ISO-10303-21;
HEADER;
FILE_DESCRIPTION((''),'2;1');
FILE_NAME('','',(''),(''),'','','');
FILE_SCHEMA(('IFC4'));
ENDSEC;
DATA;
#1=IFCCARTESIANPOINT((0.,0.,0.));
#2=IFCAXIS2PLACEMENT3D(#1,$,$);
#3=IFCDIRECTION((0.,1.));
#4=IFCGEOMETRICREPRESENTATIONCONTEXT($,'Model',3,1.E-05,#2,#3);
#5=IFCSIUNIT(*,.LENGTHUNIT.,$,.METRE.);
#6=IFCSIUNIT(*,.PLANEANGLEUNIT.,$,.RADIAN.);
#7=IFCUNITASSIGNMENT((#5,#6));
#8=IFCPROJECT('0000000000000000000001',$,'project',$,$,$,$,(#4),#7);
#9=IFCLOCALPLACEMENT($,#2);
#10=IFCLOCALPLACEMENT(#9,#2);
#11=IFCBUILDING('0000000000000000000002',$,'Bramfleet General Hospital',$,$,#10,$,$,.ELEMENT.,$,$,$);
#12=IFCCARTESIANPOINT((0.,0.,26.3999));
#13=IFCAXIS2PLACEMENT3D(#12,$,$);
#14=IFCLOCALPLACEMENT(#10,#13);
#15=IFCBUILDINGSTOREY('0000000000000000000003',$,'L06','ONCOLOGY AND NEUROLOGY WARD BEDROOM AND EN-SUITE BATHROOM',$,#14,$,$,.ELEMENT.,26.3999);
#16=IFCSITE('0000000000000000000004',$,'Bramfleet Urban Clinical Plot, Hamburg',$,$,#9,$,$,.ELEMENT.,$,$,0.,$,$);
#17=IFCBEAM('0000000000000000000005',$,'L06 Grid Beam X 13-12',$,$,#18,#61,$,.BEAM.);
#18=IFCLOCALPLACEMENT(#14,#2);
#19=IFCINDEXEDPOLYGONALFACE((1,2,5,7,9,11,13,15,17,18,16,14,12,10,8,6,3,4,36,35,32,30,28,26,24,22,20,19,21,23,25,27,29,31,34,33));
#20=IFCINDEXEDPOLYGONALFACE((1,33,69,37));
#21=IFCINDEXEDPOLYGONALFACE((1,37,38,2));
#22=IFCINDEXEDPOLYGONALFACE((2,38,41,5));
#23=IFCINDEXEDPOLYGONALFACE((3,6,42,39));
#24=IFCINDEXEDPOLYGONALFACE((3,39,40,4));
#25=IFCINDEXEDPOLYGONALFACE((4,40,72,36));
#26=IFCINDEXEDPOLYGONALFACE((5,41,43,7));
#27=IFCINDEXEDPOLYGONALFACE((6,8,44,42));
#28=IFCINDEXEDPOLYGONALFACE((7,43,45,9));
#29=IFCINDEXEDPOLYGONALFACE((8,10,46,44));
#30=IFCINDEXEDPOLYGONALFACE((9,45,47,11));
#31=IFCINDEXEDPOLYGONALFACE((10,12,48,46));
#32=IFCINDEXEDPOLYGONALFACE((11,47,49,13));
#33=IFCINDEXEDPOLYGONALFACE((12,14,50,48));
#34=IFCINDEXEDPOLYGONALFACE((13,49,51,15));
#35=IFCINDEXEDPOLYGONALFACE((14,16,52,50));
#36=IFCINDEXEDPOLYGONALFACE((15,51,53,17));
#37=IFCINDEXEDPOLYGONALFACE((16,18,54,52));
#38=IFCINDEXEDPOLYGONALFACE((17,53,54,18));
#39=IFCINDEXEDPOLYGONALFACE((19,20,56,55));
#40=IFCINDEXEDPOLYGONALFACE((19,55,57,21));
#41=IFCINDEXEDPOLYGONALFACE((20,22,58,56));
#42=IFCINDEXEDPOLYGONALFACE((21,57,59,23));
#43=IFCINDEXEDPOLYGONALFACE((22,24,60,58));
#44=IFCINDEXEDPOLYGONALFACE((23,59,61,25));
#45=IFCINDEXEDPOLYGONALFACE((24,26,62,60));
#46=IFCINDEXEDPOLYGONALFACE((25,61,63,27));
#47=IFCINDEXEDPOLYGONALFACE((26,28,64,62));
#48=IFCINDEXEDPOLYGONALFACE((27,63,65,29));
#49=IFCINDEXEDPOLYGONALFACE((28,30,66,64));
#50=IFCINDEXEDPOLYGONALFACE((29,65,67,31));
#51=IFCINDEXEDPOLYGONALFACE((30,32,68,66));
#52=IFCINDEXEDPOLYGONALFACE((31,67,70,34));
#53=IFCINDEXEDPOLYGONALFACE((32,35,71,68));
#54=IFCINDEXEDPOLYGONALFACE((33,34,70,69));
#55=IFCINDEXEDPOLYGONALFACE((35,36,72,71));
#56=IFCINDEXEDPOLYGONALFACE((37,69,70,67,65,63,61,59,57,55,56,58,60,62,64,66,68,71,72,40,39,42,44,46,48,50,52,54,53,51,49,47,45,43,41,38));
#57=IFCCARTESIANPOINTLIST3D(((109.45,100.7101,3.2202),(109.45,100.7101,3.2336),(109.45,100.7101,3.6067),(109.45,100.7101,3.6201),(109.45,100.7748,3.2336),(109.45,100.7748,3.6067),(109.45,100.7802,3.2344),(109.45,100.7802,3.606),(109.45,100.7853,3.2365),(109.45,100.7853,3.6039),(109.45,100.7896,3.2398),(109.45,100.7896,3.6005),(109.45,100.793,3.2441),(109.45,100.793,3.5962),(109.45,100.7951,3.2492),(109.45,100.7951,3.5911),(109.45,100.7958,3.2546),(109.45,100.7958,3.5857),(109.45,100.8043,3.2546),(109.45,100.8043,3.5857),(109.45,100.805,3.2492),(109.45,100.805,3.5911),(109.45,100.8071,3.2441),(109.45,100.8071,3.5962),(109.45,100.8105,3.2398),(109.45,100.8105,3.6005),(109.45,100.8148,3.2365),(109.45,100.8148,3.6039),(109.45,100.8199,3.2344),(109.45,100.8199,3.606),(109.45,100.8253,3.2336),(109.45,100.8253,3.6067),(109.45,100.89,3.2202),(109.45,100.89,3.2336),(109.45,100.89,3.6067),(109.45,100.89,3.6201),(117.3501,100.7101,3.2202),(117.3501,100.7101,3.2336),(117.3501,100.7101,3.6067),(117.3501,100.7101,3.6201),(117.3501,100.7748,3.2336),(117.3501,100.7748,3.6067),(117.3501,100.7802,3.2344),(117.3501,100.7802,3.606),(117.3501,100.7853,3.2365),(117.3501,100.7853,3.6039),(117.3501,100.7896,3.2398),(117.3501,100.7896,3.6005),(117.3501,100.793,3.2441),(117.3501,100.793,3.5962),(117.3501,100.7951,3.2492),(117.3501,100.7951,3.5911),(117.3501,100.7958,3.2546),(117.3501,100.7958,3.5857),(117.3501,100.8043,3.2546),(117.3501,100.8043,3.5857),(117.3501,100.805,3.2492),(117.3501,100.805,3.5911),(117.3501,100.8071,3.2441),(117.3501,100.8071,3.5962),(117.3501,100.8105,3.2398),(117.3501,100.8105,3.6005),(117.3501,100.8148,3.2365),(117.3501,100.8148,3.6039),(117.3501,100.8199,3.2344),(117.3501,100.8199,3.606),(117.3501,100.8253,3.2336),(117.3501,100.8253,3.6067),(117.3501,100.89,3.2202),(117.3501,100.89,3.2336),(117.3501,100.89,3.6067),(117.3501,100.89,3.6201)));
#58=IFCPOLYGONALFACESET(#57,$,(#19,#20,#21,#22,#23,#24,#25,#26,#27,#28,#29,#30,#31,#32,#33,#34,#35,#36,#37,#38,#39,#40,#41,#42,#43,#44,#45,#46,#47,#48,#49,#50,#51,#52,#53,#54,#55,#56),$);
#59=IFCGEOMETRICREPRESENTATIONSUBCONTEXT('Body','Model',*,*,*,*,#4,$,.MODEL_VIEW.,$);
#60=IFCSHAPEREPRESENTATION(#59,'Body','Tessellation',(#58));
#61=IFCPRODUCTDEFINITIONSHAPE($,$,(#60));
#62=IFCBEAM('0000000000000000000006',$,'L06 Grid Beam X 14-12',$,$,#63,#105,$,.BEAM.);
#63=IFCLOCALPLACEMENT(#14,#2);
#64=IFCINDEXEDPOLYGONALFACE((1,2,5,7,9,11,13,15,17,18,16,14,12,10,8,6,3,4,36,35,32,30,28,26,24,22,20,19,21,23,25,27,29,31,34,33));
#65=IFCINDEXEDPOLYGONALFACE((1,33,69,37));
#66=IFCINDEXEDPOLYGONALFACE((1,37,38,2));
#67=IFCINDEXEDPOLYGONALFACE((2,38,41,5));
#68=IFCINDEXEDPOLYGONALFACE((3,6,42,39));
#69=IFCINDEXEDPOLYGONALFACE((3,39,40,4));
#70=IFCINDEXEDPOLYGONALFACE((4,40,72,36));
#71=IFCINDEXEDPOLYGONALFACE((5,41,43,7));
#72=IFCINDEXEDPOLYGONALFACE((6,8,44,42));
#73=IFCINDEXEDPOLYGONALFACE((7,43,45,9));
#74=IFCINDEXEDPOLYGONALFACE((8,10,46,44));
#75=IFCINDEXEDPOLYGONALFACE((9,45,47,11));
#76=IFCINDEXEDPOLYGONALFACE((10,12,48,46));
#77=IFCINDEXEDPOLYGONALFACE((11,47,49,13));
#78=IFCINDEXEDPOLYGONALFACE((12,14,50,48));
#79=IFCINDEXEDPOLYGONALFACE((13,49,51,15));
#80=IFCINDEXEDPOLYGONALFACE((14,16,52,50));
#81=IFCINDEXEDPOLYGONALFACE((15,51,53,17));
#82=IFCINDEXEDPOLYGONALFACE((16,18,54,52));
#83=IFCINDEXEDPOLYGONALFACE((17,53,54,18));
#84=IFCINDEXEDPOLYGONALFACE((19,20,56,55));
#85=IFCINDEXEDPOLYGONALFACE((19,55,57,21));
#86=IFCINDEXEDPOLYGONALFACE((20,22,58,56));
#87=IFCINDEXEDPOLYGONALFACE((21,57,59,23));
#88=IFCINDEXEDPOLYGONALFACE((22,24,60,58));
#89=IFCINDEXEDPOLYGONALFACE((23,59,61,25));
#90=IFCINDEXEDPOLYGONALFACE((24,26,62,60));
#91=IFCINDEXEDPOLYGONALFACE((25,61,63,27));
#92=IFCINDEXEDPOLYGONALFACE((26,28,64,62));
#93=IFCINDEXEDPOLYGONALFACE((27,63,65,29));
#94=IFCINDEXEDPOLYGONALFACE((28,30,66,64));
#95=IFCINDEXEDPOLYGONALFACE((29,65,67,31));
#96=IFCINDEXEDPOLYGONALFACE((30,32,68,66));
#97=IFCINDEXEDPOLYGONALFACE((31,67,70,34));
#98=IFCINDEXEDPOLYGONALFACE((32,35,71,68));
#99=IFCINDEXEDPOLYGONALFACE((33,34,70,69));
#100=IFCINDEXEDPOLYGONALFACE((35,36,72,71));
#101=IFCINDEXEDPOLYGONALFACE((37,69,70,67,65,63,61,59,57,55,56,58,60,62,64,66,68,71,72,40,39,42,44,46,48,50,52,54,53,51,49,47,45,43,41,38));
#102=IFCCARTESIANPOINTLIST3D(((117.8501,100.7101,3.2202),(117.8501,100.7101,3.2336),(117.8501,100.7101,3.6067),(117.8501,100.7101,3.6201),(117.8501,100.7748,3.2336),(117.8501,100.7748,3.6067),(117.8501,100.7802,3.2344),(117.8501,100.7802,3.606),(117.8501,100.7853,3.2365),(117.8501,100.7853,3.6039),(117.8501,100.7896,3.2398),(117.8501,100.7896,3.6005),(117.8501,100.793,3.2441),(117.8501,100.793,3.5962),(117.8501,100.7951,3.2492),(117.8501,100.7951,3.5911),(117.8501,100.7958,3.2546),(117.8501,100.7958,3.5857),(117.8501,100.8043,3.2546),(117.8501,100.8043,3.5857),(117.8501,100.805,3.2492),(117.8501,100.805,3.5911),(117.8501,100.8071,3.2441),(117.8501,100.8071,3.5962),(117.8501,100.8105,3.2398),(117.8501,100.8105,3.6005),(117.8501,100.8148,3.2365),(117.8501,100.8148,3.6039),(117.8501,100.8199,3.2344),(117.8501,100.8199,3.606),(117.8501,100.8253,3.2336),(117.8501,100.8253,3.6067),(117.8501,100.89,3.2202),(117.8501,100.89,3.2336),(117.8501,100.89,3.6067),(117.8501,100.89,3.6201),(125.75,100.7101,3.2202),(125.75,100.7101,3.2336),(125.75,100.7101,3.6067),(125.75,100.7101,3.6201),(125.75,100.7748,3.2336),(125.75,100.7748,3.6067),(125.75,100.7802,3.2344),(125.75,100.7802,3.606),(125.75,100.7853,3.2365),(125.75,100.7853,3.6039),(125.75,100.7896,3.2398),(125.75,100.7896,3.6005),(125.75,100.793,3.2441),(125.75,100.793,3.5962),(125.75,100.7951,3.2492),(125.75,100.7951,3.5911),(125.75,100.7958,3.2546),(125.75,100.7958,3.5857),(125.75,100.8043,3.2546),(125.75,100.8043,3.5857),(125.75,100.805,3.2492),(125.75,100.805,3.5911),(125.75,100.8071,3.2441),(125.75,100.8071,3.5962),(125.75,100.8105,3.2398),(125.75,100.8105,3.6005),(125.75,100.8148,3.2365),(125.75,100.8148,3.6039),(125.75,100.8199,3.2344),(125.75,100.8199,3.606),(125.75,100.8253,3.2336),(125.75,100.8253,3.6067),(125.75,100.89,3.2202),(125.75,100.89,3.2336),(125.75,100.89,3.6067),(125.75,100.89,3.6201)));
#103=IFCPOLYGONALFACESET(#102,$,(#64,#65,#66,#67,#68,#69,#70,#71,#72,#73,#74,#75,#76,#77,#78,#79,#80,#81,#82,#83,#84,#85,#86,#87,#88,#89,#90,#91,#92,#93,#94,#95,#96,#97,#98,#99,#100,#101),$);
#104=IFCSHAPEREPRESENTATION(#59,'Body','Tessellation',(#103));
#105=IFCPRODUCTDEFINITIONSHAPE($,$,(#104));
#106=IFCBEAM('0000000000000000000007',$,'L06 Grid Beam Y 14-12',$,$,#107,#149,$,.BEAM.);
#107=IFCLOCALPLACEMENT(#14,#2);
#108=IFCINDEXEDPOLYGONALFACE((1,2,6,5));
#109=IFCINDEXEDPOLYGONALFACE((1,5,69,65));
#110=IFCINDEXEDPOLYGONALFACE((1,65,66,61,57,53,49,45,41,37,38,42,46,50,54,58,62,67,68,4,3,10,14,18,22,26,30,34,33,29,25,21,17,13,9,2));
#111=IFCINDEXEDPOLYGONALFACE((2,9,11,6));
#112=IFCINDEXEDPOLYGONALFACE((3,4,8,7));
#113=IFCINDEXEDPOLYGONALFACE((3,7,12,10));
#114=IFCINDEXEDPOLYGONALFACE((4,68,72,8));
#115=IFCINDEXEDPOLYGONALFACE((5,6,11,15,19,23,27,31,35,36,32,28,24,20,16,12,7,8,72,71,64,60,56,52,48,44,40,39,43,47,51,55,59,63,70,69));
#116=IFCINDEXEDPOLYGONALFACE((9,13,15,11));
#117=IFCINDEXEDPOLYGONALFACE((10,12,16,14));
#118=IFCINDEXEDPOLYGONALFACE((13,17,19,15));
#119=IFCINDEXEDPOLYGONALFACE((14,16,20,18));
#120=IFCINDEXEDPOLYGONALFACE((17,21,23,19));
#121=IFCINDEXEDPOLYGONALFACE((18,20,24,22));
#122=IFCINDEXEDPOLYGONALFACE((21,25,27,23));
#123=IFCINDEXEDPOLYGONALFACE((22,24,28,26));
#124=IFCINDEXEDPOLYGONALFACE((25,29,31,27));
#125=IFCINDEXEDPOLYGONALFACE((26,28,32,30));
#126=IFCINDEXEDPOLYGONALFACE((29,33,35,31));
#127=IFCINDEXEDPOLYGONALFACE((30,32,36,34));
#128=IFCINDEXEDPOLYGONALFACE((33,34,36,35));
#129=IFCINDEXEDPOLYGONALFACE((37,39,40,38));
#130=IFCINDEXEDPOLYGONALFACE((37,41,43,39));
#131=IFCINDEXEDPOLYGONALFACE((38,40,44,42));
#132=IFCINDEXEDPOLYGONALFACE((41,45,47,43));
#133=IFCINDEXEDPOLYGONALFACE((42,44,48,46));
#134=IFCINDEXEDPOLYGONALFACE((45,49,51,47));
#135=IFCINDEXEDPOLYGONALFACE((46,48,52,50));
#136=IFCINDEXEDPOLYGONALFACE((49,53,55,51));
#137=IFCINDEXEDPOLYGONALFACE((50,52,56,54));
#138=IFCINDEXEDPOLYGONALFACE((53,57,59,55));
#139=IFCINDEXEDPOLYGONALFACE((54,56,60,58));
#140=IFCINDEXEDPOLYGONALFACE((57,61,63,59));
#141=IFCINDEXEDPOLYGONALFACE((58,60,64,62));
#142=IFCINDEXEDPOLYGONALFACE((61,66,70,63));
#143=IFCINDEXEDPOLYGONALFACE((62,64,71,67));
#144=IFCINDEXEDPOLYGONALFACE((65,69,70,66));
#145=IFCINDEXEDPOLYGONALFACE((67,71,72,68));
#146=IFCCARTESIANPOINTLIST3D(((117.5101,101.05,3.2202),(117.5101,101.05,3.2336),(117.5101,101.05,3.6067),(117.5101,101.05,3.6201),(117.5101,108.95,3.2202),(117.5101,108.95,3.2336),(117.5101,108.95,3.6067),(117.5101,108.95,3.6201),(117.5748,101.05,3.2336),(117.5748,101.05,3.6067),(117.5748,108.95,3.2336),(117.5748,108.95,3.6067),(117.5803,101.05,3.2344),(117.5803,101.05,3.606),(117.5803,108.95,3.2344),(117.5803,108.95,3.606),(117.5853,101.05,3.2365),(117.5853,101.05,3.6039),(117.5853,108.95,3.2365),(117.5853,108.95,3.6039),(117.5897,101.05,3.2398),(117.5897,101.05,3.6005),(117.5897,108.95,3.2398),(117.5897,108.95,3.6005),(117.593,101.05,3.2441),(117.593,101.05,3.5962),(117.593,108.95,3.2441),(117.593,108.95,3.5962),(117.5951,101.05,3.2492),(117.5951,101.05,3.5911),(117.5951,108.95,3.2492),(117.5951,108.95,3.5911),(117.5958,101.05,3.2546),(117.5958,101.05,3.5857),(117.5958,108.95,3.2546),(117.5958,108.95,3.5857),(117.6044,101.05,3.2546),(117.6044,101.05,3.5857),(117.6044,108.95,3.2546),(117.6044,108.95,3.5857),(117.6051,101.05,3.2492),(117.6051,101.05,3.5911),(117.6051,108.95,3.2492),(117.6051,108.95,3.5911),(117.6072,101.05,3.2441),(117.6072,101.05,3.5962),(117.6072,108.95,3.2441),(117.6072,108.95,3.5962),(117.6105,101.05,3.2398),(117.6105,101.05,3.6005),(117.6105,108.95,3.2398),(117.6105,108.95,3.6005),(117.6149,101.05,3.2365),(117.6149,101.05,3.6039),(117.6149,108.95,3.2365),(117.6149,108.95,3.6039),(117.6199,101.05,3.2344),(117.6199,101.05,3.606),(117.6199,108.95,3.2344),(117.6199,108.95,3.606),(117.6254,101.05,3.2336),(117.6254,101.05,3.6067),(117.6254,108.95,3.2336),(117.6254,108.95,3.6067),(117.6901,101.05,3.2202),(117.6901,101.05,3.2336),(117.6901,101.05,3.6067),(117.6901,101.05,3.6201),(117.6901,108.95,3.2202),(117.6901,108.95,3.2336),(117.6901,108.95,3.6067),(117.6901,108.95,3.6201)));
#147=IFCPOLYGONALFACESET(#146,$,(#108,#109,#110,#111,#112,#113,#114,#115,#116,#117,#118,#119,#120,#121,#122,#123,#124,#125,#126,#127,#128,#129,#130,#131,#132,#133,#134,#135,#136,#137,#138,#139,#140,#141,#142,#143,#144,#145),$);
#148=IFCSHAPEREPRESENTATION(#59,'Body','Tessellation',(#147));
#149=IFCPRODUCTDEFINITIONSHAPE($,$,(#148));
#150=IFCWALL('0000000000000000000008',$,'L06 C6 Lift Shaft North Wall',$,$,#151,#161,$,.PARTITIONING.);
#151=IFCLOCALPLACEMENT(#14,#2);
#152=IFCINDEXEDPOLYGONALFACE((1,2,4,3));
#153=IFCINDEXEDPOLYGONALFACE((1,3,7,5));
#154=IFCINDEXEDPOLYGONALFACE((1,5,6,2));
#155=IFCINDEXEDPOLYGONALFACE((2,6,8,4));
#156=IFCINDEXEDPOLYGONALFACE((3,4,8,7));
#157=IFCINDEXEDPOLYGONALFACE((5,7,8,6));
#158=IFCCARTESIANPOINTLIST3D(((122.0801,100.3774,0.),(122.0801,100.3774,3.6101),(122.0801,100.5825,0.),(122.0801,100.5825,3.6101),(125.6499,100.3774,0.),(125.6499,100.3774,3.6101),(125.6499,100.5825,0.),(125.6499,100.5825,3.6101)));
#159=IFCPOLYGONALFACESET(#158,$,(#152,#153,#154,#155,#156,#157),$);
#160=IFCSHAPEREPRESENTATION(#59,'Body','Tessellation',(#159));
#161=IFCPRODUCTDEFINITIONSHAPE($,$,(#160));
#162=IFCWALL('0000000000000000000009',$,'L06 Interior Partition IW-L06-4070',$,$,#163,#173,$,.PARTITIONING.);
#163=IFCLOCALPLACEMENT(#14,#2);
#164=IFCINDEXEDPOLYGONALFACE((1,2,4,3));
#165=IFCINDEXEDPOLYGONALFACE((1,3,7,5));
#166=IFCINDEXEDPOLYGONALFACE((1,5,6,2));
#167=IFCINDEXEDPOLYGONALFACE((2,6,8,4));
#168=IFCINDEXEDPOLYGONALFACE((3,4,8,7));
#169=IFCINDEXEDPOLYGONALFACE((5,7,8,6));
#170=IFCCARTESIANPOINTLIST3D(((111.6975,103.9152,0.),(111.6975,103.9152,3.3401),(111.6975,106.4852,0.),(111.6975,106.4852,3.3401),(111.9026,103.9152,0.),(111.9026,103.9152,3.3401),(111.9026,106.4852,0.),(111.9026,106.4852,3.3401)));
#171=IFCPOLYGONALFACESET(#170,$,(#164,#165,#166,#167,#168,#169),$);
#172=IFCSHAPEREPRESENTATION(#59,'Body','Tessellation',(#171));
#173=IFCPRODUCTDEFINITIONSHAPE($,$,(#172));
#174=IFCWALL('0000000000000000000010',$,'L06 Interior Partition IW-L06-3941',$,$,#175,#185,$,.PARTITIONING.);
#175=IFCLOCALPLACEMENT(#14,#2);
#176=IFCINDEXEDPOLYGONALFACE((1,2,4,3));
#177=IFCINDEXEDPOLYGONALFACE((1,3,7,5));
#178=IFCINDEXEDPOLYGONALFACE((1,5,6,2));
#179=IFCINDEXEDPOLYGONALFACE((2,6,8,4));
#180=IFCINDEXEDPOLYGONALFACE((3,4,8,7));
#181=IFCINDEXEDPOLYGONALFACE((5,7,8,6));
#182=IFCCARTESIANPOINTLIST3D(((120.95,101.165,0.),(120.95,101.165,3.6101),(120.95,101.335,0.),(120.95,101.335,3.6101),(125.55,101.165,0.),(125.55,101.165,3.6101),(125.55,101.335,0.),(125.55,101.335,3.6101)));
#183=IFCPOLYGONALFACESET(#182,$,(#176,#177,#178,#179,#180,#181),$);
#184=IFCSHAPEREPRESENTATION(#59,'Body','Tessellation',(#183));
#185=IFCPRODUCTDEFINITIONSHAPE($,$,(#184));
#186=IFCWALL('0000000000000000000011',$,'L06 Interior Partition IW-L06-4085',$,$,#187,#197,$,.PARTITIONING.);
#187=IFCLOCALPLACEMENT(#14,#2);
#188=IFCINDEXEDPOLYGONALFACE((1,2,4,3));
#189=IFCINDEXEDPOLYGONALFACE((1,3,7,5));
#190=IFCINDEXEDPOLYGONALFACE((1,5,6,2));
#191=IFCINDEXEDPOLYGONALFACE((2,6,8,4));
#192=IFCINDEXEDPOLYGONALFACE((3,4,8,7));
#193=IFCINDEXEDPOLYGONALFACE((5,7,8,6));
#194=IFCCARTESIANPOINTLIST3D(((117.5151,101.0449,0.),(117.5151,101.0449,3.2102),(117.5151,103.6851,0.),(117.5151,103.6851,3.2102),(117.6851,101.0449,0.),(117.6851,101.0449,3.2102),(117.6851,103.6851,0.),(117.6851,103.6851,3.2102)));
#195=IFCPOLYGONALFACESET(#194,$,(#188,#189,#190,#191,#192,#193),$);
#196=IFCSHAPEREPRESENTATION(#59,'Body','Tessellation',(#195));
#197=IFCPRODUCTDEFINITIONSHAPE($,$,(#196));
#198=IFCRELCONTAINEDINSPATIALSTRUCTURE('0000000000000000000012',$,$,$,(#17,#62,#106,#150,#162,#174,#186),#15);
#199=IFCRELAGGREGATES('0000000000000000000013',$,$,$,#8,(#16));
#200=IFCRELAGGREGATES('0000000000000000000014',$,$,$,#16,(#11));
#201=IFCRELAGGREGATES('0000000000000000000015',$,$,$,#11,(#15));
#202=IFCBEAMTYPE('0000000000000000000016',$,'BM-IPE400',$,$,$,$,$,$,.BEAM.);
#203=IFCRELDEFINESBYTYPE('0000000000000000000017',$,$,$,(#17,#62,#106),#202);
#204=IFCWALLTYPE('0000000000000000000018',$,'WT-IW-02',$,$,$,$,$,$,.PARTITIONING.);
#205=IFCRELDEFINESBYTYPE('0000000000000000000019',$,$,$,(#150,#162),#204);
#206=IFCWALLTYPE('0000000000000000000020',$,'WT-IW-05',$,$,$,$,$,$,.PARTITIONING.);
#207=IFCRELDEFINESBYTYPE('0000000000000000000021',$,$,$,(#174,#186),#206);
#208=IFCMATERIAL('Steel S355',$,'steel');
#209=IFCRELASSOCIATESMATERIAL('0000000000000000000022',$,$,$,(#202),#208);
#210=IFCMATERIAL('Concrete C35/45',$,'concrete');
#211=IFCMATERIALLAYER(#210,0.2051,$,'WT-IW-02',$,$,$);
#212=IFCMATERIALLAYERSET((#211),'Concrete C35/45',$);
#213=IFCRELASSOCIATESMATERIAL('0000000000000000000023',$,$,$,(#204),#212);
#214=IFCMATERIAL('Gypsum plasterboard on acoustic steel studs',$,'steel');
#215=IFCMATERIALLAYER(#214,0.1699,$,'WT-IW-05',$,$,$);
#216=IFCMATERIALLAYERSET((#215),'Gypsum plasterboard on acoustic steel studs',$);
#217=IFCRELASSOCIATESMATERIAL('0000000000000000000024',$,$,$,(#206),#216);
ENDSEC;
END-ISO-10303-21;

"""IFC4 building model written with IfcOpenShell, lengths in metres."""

from ifc_helpers import new_model, si_unit, direction, frame, frame_2d, origin, origin_2d, place, context, subcontext, project, spatial, rectangle, i_section, extrude, material, layer, layer_set, material_profile, profile_set, type_object, element, save


model = new_model("IFC4")

# Units and contexts
model_context = context("Model", 3, precision=1e-05, world=origin(), true_north=direction((0.0, 1.0)))
body_context = subcontext(model_context, "Body", "Model", "MODEL_VIEW")
ifc_project = project(units=[si_unit("LENGTHUNIT", "METRE"), si_unit("PLANEANGLEUNIT", "RADIAN")], contexts=[model_context])

# Site, building, storey
site_placement = place(None, origin())
site = spatial("IfcSite", under=ifc_project, at=site_placement, Name="Bramfleet Urban Clinical Plot, Hamburg", CompositionType="ELEMENT", RefElevation=0.0)
building_placement = place(site_placement, origin())
building = spatial("IfcBuilding", under=site, at=building_placement, Name="Bramfleet General Hospital", CompositionType="ELEMENT")
storey_placement = place(building_placement, frame((0.0, 0.0, 26.3999)))
storey = spatial("IfcBuildingStorey", under=building, at=storey_placement, Name="L06", Description="ONCOLOGY AND NEUROLOGY WARD BEDROOM AND EN-SUITE BATHROOM", CompositionType="ELEMENT", Elevation=26.3999)

# Beams
ifc_material_1 = material(Name="Steel S355", Category="steel")
ifc_material_profile_1 = material_profile(ifc_material_1, i_section(OverallWidth=0.1799, OverallDepth=0.3999, WebThickness=0.0085, FlangeThickness=0.0134, FilletRadius=0.021, at=origin_2d()), Name="IPE 400")
ifc_profile_set_1 = profile_set([ifc_material_profile_1], Name="Steel S355")
beam_type_1 = type_object("IfcBeamType", Name="BM-IPE400", PredefinedType="BEAM", material=ifc_profile_set_1)
beam_placement = place(storey_placement, frame((109.45, 100.8, 3.4202), z_axis=(1.0, 0.0, 0.0), x_axis=(0.0, 1.0, 0.0)))
element("IfcBeam", 1, at=beam_placement, inside=storey, type_object=beam_type_1, Name="L06 Grid Beam X 13-12", PredefinedType="BEAM", context=body_context, shape_type="SweptSolid", body=[
    extrude(i_section(OverallWidth=0.1799, OverallDepth=0.3999, WebThickness=0.0085, FlangeThickness=0.0134, FilletRadius=0.021, at=origin_2d()), origin(), (0.0, 0.0, 1.0), 7.9001),
])
for number, where, z_axis, x_axis, name in (
    (2, (117.8501, 100.8, 3.4202), (1.0, 0.0, 0.0), (0.0, 1.0, 0.0), "L06 Grid Beam X 14-12"),
    (3, (117.6001, 101.05, 3.4202), (0.0, 1.0, 0.0), (-1.0, 0.0, 0.0), "L06 Grid Beam Y 14-12"),
):
    element("IfcBeam", number, at=place(storey_placement, frame(where, z_axis=z_axis, x_axis=x_axis)), inside=storey, type_object=beam_type_1, Name=name, PredefinedType="BEAM", context=body_context, shape_type="SweptSolid", body=[
        extrude(i_section(OverallWidth=0.1799, OverallDepth=0.3999, WebThickness=0.0085, FlangeThickness=0.0134, FilletRadius=0.021, at=origin_2d()), origin(), (0.0, 0.0, 1.0), 7.8999),
    ])

# Walls
ifc_material_2 = material(Name="Concrete C35/45", Category="concrete")
ifc_layer_1 = layer(ifc_material_2, 0.2051, Name="WT-IW-02")
ifc_layer_set_1 = layer_set([ifc_layer_1], Name="Concrete C35/45")
wall_type_1 = type_object("IfcWallType", Name="WT-IW-02", PredefinedType="PARTITIONING", material=ifc_layer_set_1)
wall_1_placement = place(storey_placement, frame((122.0801, 100.48, 0.0), z_axis=(0.0, 0.0, 1.0), x_axis=(1.0, 0.0, 0.0)))
element("IfcWall", 4, at=wall_1_placement, inside=storey, type_object=wall_type_1, Name="L06 C6 Lift Shaft North Wall", PredefinedType="PARTITIONING", context=body_context, shape_type="SweptSolid", body=[
    extrude(rectangle(XDim=3.5698, YDim=0.2051, at=frame_2d((1.7849, 0.0))), origin(), (0.0, 0.0, 1.0), 3.6101),
])
wall_2_placement = place(storey_placement, frame((111.8, 103.915, 0.0), z_axis=(0.0, 0.0, 1.0), x_axis=(0.0, 1.0, 0.0)))
element("IfcWall", 5, at=wall_2_placement, inside=storey, type_object=wall_type_1, Name="L06 Interior Partition IW-L06-4070", PredefinedType="PARTITIONING", context=body_context, shape_type="SweptSolid", body=[
    extrude(rectangle(XDim=2.5701, YDim=0.2051, at=frame_2d((1.2852, 0.0))), origin(), (0.0, 0.0, 1.0), 3.3401),
])
ifc_material_3 = material(Name="Gypsum plasterboard on acoustic steel studs", Category="steel")
ifc_layer_2 = layer(ifc_material_3, 0.1699, Name="WT-IW-05")
ifc_layer_set_2 = layer_set([ifc_layer_2], Name="Gypsum plasterboard on acoustic steel studs")
wall_type_2 = type_object("IfcWallType", Name="WT-IW-05", PredefinedType="PARTITIONING", material=ifc_layer_set_2)
wall_3_placement = place(storey_placement, frame((120.95, 101.25, 0.0), z_axis=(0.0, 0.0, 1.0), x_axis=(1.0, 0.0, 0.0)))
element("IfcWall", 6, at=wall_3_placement, inside=storey, type_object=wall_type_2, Name="L06 Interior Partition IW-L06-3941", PredefinedType="PARTITIONING", context=body_context, shape_type="SweptSolid", body=[
    extrude(rectangle(XDim=4.6001, YDim=0.1699, at=frame_2d((2.3, 0.0))), origin(), (0.0, 0.0, 1.0), 3.6101),
])
wall_4_placement = place(storey_placement, frame((117.6001, 101.0449, 0.0), z_axis=(0.0, 0.0, 1.0), x_axis=(0.0, 1.0, 0.0)))
element("IfcWall", 7, at=wall_4_placement, inside=storey, type_object=wall_type_2, Name="L06 Interior Partition IW-L06-4085", PredefinedType="PARTITIONING", context=body_context, shape_type="SweptSolid", body=[
    extrude(rectangle(XDim=2.6401, YDim=0.1699, at=frame_2d((1.3201, 0.0))), origin(), (0.0, 0.0, 1.0), 3.2102),
])

save(model, "model.ifc")
